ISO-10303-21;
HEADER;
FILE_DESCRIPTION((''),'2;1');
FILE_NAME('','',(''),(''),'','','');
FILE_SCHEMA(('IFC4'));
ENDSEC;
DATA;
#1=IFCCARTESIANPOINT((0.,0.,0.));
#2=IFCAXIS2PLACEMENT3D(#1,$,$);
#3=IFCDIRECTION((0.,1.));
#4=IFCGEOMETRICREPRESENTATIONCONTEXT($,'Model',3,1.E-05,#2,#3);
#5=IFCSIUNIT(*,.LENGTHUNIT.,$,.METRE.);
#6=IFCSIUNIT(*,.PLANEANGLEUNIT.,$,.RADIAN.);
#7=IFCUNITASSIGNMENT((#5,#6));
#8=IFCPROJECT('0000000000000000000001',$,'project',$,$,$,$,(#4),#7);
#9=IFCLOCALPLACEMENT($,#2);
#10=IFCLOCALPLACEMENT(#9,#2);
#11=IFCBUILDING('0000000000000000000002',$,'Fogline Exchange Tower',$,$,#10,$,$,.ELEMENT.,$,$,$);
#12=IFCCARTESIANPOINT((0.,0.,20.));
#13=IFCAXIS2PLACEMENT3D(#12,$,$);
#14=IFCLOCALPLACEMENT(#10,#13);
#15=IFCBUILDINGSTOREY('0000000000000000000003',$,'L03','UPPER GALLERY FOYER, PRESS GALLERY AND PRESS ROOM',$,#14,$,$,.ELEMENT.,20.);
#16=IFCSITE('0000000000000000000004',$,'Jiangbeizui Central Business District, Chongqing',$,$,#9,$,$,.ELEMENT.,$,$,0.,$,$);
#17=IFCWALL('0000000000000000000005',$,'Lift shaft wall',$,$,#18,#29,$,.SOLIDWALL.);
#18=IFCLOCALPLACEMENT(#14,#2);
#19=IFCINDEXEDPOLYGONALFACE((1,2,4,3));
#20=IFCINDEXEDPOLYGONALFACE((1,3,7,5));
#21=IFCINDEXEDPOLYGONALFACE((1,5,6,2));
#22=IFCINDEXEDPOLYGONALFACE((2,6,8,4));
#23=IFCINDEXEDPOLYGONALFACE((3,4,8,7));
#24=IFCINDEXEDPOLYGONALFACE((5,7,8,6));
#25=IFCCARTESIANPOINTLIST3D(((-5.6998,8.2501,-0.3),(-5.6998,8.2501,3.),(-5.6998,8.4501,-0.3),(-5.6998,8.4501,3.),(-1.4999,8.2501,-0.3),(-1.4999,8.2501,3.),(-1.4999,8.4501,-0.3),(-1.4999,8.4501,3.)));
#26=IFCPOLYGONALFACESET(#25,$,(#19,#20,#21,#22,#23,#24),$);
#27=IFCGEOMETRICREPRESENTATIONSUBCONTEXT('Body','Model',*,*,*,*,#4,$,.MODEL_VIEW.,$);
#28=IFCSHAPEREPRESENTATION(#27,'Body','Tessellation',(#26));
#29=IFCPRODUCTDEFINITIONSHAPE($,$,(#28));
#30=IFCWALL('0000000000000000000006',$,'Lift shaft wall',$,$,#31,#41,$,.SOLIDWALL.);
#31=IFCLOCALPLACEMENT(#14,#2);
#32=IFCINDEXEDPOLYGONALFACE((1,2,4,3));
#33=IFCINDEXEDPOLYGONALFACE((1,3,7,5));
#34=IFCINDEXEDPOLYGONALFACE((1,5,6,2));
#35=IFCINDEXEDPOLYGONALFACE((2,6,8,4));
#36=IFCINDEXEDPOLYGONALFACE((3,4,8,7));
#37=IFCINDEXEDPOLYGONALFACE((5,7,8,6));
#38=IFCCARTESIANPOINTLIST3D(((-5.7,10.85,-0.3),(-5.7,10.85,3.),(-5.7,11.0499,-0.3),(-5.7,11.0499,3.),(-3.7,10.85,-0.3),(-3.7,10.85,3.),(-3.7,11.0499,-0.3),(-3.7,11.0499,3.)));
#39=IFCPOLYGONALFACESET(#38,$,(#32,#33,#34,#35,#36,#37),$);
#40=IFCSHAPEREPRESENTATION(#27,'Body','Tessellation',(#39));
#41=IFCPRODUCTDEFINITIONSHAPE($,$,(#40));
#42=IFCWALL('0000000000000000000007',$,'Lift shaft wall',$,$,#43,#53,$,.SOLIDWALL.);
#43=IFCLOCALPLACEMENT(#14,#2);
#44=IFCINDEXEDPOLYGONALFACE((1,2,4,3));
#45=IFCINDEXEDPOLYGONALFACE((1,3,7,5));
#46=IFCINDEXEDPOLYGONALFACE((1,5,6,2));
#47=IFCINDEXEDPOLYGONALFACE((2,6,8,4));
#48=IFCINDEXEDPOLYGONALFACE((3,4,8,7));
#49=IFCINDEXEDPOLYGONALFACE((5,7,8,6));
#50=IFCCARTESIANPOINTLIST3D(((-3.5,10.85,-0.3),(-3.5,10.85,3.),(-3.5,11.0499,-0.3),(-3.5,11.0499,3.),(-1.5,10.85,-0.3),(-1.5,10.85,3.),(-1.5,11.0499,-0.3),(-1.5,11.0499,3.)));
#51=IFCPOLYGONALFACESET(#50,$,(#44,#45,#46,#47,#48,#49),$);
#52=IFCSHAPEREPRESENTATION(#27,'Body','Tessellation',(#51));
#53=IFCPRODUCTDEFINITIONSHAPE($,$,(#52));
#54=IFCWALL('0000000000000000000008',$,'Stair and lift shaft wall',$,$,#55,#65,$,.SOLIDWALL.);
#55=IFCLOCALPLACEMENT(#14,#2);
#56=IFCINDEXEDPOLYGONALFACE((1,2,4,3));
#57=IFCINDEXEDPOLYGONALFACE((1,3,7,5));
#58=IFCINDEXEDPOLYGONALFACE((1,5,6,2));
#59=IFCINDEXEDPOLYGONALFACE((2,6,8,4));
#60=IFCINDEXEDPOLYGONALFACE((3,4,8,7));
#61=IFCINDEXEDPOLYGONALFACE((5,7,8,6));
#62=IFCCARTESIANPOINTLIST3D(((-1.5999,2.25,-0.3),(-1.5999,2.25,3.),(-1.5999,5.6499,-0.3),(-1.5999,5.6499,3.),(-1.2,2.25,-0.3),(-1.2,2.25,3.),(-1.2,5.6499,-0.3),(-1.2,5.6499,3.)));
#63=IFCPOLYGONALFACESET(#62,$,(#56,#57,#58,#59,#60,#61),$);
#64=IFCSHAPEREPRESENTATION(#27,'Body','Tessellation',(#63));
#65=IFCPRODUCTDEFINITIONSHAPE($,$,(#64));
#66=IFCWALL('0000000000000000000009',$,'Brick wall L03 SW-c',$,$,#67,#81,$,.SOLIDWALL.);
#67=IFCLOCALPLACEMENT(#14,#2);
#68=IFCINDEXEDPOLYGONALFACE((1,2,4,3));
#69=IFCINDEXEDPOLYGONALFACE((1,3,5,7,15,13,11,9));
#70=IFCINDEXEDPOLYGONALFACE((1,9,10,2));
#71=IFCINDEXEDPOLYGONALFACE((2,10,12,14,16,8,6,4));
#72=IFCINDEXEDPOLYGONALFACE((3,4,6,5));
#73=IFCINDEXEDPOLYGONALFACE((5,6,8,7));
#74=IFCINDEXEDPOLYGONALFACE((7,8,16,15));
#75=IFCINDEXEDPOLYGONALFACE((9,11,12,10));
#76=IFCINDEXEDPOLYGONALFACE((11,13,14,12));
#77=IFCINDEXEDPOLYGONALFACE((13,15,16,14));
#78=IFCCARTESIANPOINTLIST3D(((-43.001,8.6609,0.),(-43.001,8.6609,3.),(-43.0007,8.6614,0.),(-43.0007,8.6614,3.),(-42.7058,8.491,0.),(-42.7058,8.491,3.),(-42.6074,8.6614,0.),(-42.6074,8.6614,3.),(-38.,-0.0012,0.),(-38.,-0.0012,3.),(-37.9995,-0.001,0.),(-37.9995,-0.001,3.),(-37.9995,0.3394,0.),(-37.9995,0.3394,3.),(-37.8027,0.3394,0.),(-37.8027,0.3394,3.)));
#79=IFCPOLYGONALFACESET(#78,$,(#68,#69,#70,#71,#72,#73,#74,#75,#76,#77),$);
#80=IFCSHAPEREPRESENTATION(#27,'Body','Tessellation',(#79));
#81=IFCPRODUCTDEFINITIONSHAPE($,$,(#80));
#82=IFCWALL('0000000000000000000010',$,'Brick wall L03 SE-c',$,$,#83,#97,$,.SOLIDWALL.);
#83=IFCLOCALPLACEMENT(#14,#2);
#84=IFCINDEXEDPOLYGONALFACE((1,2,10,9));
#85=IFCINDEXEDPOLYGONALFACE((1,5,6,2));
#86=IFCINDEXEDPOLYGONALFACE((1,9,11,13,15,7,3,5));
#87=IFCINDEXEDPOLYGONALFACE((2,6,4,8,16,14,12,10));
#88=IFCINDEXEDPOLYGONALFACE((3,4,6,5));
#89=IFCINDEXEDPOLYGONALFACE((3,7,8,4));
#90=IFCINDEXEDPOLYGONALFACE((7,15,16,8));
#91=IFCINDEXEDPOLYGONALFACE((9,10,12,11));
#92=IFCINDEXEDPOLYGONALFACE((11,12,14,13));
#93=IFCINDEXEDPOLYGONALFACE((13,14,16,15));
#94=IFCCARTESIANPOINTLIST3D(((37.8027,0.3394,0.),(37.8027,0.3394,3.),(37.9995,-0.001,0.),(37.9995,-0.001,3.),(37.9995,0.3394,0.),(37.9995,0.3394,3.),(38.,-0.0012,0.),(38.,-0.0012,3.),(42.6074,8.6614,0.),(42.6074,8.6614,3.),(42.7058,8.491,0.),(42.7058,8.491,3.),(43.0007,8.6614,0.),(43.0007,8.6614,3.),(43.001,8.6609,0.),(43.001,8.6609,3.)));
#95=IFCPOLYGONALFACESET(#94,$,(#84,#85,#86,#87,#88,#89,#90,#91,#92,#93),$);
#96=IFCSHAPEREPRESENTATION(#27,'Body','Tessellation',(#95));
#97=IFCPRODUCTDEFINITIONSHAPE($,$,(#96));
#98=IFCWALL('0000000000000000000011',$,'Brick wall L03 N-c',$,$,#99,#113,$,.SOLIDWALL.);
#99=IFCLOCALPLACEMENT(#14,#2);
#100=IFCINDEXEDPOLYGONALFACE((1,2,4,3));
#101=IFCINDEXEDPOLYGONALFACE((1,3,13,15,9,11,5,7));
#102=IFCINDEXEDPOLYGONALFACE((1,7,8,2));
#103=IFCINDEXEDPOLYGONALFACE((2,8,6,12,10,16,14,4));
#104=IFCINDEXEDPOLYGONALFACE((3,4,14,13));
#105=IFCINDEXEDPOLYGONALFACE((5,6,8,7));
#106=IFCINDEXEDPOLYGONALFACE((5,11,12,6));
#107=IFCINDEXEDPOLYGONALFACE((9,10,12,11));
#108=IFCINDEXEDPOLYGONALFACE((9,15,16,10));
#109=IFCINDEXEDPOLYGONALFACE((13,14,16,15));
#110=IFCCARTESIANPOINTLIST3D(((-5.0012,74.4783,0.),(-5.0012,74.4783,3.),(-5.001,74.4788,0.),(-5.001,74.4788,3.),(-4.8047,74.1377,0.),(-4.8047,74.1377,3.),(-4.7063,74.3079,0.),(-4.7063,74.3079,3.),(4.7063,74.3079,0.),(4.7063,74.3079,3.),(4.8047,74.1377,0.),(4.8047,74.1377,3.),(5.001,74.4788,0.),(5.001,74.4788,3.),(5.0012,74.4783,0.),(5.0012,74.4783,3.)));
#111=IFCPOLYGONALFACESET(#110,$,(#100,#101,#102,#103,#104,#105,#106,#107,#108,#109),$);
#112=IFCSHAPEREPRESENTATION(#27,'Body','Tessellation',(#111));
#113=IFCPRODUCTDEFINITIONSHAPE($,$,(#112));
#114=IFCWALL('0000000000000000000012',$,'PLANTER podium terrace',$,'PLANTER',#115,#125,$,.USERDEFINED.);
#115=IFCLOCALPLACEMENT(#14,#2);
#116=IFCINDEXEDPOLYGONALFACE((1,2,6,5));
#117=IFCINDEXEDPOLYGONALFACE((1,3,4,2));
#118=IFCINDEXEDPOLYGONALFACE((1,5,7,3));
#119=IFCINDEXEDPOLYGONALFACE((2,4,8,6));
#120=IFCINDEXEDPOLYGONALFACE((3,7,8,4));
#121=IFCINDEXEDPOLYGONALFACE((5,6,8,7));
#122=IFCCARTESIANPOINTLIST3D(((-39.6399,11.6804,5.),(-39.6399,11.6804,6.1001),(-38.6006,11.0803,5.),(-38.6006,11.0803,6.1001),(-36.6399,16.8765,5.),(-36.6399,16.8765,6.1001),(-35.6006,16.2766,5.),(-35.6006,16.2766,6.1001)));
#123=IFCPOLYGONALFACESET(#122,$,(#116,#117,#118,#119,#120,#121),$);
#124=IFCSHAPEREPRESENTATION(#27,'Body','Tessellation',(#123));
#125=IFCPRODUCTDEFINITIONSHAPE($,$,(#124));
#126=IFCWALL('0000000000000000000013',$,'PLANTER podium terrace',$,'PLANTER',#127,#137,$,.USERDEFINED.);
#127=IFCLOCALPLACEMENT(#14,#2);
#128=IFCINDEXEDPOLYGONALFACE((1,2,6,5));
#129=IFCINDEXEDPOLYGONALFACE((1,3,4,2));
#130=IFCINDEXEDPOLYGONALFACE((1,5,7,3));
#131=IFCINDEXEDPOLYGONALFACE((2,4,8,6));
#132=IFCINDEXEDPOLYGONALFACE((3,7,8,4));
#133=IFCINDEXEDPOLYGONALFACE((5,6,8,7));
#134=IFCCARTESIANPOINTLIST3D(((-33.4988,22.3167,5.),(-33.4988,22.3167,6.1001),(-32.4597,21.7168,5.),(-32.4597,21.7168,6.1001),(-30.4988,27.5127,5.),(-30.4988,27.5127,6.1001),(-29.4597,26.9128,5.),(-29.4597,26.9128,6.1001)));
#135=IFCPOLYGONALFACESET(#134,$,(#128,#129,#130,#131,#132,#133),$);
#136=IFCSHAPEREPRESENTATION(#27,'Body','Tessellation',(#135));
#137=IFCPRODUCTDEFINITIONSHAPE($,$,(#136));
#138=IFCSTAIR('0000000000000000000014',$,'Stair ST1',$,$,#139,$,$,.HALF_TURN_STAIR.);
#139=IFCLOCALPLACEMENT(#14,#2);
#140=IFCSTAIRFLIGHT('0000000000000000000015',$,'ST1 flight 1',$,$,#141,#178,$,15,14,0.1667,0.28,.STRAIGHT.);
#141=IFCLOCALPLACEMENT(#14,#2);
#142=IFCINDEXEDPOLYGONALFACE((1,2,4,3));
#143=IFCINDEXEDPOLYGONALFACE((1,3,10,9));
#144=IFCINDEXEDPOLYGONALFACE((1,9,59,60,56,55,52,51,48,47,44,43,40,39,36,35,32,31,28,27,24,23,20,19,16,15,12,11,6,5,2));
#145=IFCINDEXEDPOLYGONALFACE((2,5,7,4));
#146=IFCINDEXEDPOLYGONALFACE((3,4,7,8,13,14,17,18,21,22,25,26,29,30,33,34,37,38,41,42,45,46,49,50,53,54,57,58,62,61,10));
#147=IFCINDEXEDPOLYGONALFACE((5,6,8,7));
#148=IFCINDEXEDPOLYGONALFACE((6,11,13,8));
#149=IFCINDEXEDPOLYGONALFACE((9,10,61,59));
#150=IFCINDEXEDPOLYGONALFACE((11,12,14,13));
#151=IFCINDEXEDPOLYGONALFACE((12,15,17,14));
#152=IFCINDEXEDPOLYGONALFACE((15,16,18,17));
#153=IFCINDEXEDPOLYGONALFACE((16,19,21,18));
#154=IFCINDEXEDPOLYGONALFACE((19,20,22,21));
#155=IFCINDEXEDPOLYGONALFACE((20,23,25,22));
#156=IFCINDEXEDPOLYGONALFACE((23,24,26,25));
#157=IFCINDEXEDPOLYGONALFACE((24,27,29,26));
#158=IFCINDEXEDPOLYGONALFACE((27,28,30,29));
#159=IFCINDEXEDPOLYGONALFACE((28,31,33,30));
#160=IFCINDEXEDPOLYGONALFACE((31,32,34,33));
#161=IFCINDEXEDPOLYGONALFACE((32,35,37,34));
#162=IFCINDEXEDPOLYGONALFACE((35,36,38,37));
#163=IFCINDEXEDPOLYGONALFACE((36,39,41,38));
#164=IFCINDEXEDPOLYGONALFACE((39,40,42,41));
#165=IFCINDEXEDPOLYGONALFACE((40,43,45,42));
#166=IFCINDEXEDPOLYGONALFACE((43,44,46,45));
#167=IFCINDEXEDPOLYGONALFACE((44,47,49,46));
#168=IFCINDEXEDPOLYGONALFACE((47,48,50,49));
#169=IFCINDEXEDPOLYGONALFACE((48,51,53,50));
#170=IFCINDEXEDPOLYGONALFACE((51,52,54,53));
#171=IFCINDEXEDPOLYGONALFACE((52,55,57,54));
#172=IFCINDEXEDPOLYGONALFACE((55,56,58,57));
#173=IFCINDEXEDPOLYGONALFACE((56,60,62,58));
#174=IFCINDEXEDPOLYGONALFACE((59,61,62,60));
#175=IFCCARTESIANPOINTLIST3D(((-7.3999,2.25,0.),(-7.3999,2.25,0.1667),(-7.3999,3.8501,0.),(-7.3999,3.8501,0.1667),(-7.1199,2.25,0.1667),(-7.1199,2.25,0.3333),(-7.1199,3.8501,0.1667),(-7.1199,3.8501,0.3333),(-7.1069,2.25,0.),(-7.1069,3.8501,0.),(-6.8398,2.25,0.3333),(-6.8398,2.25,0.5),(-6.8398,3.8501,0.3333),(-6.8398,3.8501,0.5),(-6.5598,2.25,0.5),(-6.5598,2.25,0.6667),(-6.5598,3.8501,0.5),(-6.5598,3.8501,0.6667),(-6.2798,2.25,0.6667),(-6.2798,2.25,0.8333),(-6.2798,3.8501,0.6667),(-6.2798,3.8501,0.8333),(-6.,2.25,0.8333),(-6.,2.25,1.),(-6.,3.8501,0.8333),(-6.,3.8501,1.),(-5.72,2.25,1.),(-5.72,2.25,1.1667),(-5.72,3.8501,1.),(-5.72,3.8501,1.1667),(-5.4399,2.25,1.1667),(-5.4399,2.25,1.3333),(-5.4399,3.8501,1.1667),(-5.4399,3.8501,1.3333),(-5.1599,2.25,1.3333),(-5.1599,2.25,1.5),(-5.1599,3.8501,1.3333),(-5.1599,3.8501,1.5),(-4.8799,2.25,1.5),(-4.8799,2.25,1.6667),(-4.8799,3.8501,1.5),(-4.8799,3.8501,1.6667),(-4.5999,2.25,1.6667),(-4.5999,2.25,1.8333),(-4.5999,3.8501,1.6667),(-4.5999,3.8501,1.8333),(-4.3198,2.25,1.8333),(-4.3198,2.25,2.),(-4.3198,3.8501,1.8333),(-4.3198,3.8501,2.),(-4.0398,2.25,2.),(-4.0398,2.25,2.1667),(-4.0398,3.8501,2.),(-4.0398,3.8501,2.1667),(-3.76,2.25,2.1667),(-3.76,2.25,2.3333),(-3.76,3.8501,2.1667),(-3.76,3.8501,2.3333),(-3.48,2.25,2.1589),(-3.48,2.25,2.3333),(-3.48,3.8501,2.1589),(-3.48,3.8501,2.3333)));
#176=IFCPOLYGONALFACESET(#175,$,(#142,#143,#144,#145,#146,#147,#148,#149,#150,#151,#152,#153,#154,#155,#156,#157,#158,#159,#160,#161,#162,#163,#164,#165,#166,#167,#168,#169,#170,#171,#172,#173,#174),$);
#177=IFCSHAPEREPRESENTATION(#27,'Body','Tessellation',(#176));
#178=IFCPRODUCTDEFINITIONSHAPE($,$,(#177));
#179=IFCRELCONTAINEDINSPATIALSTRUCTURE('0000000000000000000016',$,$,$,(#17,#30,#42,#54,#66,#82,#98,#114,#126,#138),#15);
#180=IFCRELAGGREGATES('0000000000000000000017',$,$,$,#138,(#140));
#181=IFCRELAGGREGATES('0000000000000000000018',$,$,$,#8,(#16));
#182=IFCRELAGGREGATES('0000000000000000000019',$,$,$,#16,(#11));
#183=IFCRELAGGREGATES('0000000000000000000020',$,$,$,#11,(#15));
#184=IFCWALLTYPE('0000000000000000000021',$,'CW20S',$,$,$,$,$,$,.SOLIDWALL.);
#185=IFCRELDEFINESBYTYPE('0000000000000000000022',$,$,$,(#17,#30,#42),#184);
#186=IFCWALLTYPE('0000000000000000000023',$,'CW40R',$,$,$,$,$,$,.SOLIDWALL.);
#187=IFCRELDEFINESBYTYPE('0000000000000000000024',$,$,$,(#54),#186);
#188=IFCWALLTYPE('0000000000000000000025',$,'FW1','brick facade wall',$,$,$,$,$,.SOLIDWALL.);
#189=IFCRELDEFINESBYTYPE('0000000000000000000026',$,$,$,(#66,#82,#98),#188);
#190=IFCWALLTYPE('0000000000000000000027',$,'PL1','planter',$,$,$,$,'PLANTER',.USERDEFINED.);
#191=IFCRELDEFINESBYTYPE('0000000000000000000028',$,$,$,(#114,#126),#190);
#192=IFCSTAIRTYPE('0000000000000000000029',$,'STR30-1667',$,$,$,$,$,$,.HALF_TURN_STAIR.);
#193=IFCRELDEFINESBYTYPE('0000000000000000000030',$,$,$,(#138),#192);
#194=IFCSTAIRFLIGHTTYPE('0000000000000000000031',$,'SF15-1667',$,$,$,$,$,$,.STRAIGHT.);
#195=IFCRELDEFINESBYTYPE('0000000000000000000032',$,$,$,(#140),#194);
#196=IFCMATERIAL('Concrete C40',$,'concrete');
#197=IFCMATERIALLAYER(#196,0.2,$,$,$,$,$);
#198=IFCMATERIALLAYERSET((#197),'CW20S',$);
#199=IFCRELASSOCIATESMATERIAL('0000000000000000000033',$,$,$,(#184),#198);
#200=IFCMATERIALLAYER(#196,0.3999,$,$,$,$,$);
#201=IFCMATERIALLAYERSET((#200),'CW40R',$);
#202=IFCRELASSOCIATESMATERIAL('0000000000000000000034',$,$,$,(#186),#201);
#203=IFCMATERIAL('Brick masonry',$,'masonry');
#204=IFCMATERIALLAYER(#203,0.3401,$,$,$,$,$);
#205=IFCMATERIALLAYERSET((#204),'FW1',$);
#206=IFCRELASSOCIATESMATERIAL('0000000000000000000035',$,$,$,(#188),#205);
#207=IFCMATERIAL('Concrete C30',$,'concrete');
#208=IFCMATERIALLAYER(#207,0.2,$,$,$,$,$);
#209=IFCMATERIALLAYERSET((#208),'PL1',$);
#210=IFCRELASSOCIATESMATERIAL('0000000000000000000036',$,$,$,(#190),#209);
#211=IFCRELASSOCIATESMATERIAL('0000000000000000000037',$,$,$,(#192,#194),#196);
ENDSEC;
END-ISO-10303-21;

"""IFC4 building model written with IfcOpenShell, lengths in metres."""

from ifc_helpers import new_model, si_unit, direction, frame, frame_2d, origin, place, context, subcontext, project, spatial, polyline, rectangle, outline, extrude, material, layer, layer_set, type_object, element, aggregate, save


model = new_model("IFC4")

# Units and contexts
model_context = context("Model", 3, precision=1e-05, world=origin(), true_north=direction((0.0, 1.0)))
body_context = subcontext(model_context, "Body", "Model", "MODEL_VIEW")
ifc_project = project(units=[si_unit("LENGTHUNIT", "METRE"), si_unit("PLANEANGLEUNIT", "RADIAN")], contexts=[model_context])

# Site, building, storey
site_placement = place(None, origin())
site = spatial("IfcSite", under=ifc_project, at=site_placement, Name="Jiangbeizui Central Business District, Chongqing", CompositionType="ELEMENT", RefElevation=0.0)
building_placement = place(site_placement, origin())
building = spatial("IfcBuilding", under=site, at=building_placement, Name="Fogline Exchange Tower", CompositionType="ELEMENT")
storey_placement = place(building_placement, frame((0.0, 0.0, 20.0)))
storey = spatial("IfcBuildingStorey", under=building, at=storey_placement, Name="L03", Description="UPPER GALLERY FOYER, PRESS GALLERY AND PRESS ROOM", CompositionType="ELEMENT", Elevation=20.0)

# Shared definitions
ifc_material_1 = material(Name="Concrete C40", Category="concrete")

# Shared definitions
ifc_layer_1 = layer(ifc_material_1, 0.2)
ifc_layer_set_1 = layer_set([ifc_layer_1], Name="CW20S")
wall_type_1 = type_object("IfcWallType", Name="CW20S", PredefinedType="SOLIDWALL", material=ifc_layer_set_1)

# Walls
wall_1_placement = place(storey_placement, frame((-5.7, 8.3501, -0.3), z_axis=(0.0, 0.0, 1.0), x_axis=(1.0, 0.0, 0.0)))
element("IfcWall", 1, at=wall_1_placement, inside=storey, type_object=wall_type_1, Name="Lift shaft wall", PredefinedType="SOLIDWALL", context=body_context, shape_type="SweptSolid", body=[
    extrude(rectangle(XDim=4.2, YDim=0.2, at=frame_2d((2.1001, 0.0))), origin(), (0.0, 0.0, 1.0), 3.3),
])
for number, where, z_axis, x_axis, name in (
    (2, (-5.7, 10.95, -0.3), (0.0, 0.0, 1.0), (1.0, 0.0, 0.0), "Lift shaft wall"),
    (3, (-3.5, 10.95, -0.3), (0.0, 0.0, 1.0), (1.0, 0.0, 0.0), "Lift shaft wall"),
):
    element("IfcWall", number, at=place(storey_placement, frame(where, z_axis=z_axis, x_axis=x_axis)), inside=storey, type_object=wall_type_1, Name=name, PredefinedType="SOLIDWALL", context=body_context, shape_type="SweptSolid", body=[
        extrude(rectangle(XDim=2.0, YDim=0.2, at=frame_2d((1.0, 0.0))), origin(), (0.0, 0.0, 1.0), 3.3),
    ])
ifc_layer_2 = layer(ifc_material_1, 0.3999)
ifc_layer_set_2 = layer_set([ifc_layer_2], Name="CW40R")
wall_type_2 = type_object("IfcWallType", Name="CW40R", PredefinedType="SOLIDWALL", material=ifc_layer_set_2)
wall_2_placement = place(storey_placement, frame((-1.3999, 2.25, -0.3), z_axis=(0.0, 0.0, 1.0), x_axis=(0.0, 1.0, 0.0)))
element("IfcWall", 4, at=wall_2_placement, inside=storey, type_object=wall_type_2, Name="Stair and lift shaft wall", PredefinedType="SOLIDWALL", context=body_context, shape_type="SweptSolid", body=[
    extrude(rectangle(XDim=3.3999, YDim=0.3999, at=frame_2d((1.7, 0.0))), origin(), (0.0, 0.0, 1.0), 3.3),
])
ifc_material_2 = material(Name="Brick masonry", Category="masonry")
ifc_layer_3 = layer(ifc_material_2, 0.3401)
ifc_layer_set_3 = layer_set([ifc_layer_3], Name="FW1")
wall_type_3 = type_object("IfcWallType", Name="FW1", Description="brick facade wall", PredefinedType="SOLIDWALL", material=ifc_layer_set_3)
wall_3_placement = place(storey_placement, origin())
element("IfcWall", 5, at=wall_3_placement, inside=storey, type_object=wall_type_3, Name="Brick wall L03 SW-c", PredefinedType="SOLIDWALL", context=body_context, shape_type="SweptSolid", body=[
    extrude(outline(polyline([(-43.0007, 8.6614), (-42.7058, 8.491), (-42.6074, 8.6614), (-37.8027, 0.3394), (-37.9995, 0.3394), (-37.9995, -0.001), (-38.0, -0.0012), (-43.001, 8.6609), (-43.0007, 8.6614)])), origin(), (0.0, 0.0, 1.0), 3.0),
])
wall_4_placement = place(storey_placement, origin())
element("IfcWall", 6, at=wall_4_placement, inside=storey, type_object=wall_type_3, Name="Brick wall L03 SE-c", PredefinedType="SOLIDWALL", context=body_context, shape_type="SweptSolid", body=[
    extrude(outline(polyline([(37.9995, -0.001), (37.9995, 0.3394), (37.8027, 0.3394), (42.6074, 8.6614), (42.7058, 8.491), (43.0007, 8.6614), (43.001, 8.6609), (38.0, -0.0012), (37.9995, -0.001)])), origin(), (0.0, 0.0, 1.0), 3.0),
])
wall_5_placement = place(storey_placement, origin())
element("IfcWall", 7, at=wall_5_placement, inside=storey, type_object=wall_type_3, Name="Brick wall L03 N-c", PredefinedType="SOLIDWALL", context=body_context, shape_type="SweptSolid", body=[
    extrude(outline(polyline([(5.0012, 74.4783), (4.7063, 74.3079), (4.8047, 74.1377), (-4.8047, 74.1377), (-4.7063, 74.3079), (-5.0012, 74.4783), (-5.001, 74.4788), (5.001, 74.4788), (5.0012, 74.4783)])), origin(), (0.0, 0.0, 1.0), 3.0),
])
ifc_material_3 = material(Name="Concrete C30", Category="concrete")
ifc_layer_4 = layer(ifc_material_3, 0.2)
ifc_layer_set_4 = layer_set([ifc_layer_4], Name="PL1")
wall_type_4 = type_object("IfcWallType", Name="PL1", Description="planter", ElementType="PLANTER", PredefinedType="USERDEFINED", material=ifc_layer_set_4)
wall_6_placement = place(storey_placement, frame((0.0, 0.0, 5.0)))
element("IfcWall", 8, at=wall_6_placement, inside=storey, type_object=wall_type_4, Name="PLANTER podium terrace", ObjectType="PLANTER", PredefinedType="USERDEFINED", context=body_context, shape_type="SweptSolid", body=[
    extrude(outline(polyline([(-39.6399, 11.6804), (-38.6006, 11.0803), (-35.6006, 16.2766), (-36.6399, 16.8765), (-39.6399, 11.6804)])), origin(), (0.0, 0.0, 1.0), 1.1001),
])
wall_7_placement = place(storey_placement, frame((0.0, 0.0, 5.0)))
element("IfcWall", 9, at=wall_7_placement, inside=storey, type_object=wall_type_4, Name="PLANTER podium terrace", ObjectType="PLANTER", PredefinedType="USERDEFINED", context=body_context, shape_type="SweptSolid", body=[
    extrude(outline(polyline([(-33.4988, 22.3167), (-32.4597, 21.7168), (-29.4597, 26.9128), (-30.4988, 27.5127), (-33.4988, 22.3167)])), origin(), (0.0, 0.0, 1.0), 1.1001),
])

# Stair, stair flight
stair_type = type_object("IfcStairType", Name="STR30-1667", PredefinedType="HALF_TURN_STAIR", material=ifc_material_1)
stair_placement = place(storey_placement, origin())
stair = element("IfcStair", 10, at=stair_placement, inside=storey, type_object=stair_type, Name="Stair ST1", PredefinedType="HALF_TURN_STAIR")
stair_flight_type = type_object("IfcStairFlightType", Name="SF15-1667", PredefinedType="STRAIGHT", material=ifc_material_1)
stair_flight_1_placement = place(storey_placement, frame((-7.3999, 3.05, 0.0), z_axis=(0.0, 0.0, 1.0), x_axis=(1.0, 0.0, 0.0)))
stair_flight_1 = element("IfcStairFlight", 11, at=stair_flight_1_placement, type_object=stair_flight_type, Name="ST1 flight 1", NumberOfRisers=15, NumberOfTreads=14, PredefinedType="STRAIGHT", RiserHeight=0.1667, TreadLength=0.28, context=body_context, shape_type="SweptSolid", body=[
    extrude(outline(polyline([(0.0, 0.0), (0.0, 0.1667), (0.28, 0.1667), (0.28, 0.3333), (0.5601, 0.3333), (0.5601, 0.5), (0.8401, 0.5), (0.8401, 0.6667), (1.1201, 0.6667), (1.1201, 0.8333), (1.3999, 0.8333), (1.3999, 1.0), (1.6799, 1.0), (1.6799, 1.1667), (1.96, 1.1667), (1.96, 1.3333), (2.24, 1.3333), (2.24, 1.5), (2.52, 1.5), (2.52, 1.6667), (2.8, 1.6667), (2.8, 1.8333), (3.0801, 1.8333), (3.0801, 2.0), (3.3601, 2.0), (3.3601, 2.1667), (3.6399, 2.1667), (3.6399, 2.3333), (3.9199, 2.3333), (3.9199, 2.5), (3.9199, 2.1589), (0.293, 0.0), (0.0, 0.0)])), frame((0.0, 0.8, 0.0), z_axis=(0.0, -1.0, 0.0), x_axis=(1.0, 0.0, 0.0)), (0.0, 0.0, 1.0), 1.6001),
])
aggregate(stair, [stair_flight_1])

save(model, "model.ifc")
